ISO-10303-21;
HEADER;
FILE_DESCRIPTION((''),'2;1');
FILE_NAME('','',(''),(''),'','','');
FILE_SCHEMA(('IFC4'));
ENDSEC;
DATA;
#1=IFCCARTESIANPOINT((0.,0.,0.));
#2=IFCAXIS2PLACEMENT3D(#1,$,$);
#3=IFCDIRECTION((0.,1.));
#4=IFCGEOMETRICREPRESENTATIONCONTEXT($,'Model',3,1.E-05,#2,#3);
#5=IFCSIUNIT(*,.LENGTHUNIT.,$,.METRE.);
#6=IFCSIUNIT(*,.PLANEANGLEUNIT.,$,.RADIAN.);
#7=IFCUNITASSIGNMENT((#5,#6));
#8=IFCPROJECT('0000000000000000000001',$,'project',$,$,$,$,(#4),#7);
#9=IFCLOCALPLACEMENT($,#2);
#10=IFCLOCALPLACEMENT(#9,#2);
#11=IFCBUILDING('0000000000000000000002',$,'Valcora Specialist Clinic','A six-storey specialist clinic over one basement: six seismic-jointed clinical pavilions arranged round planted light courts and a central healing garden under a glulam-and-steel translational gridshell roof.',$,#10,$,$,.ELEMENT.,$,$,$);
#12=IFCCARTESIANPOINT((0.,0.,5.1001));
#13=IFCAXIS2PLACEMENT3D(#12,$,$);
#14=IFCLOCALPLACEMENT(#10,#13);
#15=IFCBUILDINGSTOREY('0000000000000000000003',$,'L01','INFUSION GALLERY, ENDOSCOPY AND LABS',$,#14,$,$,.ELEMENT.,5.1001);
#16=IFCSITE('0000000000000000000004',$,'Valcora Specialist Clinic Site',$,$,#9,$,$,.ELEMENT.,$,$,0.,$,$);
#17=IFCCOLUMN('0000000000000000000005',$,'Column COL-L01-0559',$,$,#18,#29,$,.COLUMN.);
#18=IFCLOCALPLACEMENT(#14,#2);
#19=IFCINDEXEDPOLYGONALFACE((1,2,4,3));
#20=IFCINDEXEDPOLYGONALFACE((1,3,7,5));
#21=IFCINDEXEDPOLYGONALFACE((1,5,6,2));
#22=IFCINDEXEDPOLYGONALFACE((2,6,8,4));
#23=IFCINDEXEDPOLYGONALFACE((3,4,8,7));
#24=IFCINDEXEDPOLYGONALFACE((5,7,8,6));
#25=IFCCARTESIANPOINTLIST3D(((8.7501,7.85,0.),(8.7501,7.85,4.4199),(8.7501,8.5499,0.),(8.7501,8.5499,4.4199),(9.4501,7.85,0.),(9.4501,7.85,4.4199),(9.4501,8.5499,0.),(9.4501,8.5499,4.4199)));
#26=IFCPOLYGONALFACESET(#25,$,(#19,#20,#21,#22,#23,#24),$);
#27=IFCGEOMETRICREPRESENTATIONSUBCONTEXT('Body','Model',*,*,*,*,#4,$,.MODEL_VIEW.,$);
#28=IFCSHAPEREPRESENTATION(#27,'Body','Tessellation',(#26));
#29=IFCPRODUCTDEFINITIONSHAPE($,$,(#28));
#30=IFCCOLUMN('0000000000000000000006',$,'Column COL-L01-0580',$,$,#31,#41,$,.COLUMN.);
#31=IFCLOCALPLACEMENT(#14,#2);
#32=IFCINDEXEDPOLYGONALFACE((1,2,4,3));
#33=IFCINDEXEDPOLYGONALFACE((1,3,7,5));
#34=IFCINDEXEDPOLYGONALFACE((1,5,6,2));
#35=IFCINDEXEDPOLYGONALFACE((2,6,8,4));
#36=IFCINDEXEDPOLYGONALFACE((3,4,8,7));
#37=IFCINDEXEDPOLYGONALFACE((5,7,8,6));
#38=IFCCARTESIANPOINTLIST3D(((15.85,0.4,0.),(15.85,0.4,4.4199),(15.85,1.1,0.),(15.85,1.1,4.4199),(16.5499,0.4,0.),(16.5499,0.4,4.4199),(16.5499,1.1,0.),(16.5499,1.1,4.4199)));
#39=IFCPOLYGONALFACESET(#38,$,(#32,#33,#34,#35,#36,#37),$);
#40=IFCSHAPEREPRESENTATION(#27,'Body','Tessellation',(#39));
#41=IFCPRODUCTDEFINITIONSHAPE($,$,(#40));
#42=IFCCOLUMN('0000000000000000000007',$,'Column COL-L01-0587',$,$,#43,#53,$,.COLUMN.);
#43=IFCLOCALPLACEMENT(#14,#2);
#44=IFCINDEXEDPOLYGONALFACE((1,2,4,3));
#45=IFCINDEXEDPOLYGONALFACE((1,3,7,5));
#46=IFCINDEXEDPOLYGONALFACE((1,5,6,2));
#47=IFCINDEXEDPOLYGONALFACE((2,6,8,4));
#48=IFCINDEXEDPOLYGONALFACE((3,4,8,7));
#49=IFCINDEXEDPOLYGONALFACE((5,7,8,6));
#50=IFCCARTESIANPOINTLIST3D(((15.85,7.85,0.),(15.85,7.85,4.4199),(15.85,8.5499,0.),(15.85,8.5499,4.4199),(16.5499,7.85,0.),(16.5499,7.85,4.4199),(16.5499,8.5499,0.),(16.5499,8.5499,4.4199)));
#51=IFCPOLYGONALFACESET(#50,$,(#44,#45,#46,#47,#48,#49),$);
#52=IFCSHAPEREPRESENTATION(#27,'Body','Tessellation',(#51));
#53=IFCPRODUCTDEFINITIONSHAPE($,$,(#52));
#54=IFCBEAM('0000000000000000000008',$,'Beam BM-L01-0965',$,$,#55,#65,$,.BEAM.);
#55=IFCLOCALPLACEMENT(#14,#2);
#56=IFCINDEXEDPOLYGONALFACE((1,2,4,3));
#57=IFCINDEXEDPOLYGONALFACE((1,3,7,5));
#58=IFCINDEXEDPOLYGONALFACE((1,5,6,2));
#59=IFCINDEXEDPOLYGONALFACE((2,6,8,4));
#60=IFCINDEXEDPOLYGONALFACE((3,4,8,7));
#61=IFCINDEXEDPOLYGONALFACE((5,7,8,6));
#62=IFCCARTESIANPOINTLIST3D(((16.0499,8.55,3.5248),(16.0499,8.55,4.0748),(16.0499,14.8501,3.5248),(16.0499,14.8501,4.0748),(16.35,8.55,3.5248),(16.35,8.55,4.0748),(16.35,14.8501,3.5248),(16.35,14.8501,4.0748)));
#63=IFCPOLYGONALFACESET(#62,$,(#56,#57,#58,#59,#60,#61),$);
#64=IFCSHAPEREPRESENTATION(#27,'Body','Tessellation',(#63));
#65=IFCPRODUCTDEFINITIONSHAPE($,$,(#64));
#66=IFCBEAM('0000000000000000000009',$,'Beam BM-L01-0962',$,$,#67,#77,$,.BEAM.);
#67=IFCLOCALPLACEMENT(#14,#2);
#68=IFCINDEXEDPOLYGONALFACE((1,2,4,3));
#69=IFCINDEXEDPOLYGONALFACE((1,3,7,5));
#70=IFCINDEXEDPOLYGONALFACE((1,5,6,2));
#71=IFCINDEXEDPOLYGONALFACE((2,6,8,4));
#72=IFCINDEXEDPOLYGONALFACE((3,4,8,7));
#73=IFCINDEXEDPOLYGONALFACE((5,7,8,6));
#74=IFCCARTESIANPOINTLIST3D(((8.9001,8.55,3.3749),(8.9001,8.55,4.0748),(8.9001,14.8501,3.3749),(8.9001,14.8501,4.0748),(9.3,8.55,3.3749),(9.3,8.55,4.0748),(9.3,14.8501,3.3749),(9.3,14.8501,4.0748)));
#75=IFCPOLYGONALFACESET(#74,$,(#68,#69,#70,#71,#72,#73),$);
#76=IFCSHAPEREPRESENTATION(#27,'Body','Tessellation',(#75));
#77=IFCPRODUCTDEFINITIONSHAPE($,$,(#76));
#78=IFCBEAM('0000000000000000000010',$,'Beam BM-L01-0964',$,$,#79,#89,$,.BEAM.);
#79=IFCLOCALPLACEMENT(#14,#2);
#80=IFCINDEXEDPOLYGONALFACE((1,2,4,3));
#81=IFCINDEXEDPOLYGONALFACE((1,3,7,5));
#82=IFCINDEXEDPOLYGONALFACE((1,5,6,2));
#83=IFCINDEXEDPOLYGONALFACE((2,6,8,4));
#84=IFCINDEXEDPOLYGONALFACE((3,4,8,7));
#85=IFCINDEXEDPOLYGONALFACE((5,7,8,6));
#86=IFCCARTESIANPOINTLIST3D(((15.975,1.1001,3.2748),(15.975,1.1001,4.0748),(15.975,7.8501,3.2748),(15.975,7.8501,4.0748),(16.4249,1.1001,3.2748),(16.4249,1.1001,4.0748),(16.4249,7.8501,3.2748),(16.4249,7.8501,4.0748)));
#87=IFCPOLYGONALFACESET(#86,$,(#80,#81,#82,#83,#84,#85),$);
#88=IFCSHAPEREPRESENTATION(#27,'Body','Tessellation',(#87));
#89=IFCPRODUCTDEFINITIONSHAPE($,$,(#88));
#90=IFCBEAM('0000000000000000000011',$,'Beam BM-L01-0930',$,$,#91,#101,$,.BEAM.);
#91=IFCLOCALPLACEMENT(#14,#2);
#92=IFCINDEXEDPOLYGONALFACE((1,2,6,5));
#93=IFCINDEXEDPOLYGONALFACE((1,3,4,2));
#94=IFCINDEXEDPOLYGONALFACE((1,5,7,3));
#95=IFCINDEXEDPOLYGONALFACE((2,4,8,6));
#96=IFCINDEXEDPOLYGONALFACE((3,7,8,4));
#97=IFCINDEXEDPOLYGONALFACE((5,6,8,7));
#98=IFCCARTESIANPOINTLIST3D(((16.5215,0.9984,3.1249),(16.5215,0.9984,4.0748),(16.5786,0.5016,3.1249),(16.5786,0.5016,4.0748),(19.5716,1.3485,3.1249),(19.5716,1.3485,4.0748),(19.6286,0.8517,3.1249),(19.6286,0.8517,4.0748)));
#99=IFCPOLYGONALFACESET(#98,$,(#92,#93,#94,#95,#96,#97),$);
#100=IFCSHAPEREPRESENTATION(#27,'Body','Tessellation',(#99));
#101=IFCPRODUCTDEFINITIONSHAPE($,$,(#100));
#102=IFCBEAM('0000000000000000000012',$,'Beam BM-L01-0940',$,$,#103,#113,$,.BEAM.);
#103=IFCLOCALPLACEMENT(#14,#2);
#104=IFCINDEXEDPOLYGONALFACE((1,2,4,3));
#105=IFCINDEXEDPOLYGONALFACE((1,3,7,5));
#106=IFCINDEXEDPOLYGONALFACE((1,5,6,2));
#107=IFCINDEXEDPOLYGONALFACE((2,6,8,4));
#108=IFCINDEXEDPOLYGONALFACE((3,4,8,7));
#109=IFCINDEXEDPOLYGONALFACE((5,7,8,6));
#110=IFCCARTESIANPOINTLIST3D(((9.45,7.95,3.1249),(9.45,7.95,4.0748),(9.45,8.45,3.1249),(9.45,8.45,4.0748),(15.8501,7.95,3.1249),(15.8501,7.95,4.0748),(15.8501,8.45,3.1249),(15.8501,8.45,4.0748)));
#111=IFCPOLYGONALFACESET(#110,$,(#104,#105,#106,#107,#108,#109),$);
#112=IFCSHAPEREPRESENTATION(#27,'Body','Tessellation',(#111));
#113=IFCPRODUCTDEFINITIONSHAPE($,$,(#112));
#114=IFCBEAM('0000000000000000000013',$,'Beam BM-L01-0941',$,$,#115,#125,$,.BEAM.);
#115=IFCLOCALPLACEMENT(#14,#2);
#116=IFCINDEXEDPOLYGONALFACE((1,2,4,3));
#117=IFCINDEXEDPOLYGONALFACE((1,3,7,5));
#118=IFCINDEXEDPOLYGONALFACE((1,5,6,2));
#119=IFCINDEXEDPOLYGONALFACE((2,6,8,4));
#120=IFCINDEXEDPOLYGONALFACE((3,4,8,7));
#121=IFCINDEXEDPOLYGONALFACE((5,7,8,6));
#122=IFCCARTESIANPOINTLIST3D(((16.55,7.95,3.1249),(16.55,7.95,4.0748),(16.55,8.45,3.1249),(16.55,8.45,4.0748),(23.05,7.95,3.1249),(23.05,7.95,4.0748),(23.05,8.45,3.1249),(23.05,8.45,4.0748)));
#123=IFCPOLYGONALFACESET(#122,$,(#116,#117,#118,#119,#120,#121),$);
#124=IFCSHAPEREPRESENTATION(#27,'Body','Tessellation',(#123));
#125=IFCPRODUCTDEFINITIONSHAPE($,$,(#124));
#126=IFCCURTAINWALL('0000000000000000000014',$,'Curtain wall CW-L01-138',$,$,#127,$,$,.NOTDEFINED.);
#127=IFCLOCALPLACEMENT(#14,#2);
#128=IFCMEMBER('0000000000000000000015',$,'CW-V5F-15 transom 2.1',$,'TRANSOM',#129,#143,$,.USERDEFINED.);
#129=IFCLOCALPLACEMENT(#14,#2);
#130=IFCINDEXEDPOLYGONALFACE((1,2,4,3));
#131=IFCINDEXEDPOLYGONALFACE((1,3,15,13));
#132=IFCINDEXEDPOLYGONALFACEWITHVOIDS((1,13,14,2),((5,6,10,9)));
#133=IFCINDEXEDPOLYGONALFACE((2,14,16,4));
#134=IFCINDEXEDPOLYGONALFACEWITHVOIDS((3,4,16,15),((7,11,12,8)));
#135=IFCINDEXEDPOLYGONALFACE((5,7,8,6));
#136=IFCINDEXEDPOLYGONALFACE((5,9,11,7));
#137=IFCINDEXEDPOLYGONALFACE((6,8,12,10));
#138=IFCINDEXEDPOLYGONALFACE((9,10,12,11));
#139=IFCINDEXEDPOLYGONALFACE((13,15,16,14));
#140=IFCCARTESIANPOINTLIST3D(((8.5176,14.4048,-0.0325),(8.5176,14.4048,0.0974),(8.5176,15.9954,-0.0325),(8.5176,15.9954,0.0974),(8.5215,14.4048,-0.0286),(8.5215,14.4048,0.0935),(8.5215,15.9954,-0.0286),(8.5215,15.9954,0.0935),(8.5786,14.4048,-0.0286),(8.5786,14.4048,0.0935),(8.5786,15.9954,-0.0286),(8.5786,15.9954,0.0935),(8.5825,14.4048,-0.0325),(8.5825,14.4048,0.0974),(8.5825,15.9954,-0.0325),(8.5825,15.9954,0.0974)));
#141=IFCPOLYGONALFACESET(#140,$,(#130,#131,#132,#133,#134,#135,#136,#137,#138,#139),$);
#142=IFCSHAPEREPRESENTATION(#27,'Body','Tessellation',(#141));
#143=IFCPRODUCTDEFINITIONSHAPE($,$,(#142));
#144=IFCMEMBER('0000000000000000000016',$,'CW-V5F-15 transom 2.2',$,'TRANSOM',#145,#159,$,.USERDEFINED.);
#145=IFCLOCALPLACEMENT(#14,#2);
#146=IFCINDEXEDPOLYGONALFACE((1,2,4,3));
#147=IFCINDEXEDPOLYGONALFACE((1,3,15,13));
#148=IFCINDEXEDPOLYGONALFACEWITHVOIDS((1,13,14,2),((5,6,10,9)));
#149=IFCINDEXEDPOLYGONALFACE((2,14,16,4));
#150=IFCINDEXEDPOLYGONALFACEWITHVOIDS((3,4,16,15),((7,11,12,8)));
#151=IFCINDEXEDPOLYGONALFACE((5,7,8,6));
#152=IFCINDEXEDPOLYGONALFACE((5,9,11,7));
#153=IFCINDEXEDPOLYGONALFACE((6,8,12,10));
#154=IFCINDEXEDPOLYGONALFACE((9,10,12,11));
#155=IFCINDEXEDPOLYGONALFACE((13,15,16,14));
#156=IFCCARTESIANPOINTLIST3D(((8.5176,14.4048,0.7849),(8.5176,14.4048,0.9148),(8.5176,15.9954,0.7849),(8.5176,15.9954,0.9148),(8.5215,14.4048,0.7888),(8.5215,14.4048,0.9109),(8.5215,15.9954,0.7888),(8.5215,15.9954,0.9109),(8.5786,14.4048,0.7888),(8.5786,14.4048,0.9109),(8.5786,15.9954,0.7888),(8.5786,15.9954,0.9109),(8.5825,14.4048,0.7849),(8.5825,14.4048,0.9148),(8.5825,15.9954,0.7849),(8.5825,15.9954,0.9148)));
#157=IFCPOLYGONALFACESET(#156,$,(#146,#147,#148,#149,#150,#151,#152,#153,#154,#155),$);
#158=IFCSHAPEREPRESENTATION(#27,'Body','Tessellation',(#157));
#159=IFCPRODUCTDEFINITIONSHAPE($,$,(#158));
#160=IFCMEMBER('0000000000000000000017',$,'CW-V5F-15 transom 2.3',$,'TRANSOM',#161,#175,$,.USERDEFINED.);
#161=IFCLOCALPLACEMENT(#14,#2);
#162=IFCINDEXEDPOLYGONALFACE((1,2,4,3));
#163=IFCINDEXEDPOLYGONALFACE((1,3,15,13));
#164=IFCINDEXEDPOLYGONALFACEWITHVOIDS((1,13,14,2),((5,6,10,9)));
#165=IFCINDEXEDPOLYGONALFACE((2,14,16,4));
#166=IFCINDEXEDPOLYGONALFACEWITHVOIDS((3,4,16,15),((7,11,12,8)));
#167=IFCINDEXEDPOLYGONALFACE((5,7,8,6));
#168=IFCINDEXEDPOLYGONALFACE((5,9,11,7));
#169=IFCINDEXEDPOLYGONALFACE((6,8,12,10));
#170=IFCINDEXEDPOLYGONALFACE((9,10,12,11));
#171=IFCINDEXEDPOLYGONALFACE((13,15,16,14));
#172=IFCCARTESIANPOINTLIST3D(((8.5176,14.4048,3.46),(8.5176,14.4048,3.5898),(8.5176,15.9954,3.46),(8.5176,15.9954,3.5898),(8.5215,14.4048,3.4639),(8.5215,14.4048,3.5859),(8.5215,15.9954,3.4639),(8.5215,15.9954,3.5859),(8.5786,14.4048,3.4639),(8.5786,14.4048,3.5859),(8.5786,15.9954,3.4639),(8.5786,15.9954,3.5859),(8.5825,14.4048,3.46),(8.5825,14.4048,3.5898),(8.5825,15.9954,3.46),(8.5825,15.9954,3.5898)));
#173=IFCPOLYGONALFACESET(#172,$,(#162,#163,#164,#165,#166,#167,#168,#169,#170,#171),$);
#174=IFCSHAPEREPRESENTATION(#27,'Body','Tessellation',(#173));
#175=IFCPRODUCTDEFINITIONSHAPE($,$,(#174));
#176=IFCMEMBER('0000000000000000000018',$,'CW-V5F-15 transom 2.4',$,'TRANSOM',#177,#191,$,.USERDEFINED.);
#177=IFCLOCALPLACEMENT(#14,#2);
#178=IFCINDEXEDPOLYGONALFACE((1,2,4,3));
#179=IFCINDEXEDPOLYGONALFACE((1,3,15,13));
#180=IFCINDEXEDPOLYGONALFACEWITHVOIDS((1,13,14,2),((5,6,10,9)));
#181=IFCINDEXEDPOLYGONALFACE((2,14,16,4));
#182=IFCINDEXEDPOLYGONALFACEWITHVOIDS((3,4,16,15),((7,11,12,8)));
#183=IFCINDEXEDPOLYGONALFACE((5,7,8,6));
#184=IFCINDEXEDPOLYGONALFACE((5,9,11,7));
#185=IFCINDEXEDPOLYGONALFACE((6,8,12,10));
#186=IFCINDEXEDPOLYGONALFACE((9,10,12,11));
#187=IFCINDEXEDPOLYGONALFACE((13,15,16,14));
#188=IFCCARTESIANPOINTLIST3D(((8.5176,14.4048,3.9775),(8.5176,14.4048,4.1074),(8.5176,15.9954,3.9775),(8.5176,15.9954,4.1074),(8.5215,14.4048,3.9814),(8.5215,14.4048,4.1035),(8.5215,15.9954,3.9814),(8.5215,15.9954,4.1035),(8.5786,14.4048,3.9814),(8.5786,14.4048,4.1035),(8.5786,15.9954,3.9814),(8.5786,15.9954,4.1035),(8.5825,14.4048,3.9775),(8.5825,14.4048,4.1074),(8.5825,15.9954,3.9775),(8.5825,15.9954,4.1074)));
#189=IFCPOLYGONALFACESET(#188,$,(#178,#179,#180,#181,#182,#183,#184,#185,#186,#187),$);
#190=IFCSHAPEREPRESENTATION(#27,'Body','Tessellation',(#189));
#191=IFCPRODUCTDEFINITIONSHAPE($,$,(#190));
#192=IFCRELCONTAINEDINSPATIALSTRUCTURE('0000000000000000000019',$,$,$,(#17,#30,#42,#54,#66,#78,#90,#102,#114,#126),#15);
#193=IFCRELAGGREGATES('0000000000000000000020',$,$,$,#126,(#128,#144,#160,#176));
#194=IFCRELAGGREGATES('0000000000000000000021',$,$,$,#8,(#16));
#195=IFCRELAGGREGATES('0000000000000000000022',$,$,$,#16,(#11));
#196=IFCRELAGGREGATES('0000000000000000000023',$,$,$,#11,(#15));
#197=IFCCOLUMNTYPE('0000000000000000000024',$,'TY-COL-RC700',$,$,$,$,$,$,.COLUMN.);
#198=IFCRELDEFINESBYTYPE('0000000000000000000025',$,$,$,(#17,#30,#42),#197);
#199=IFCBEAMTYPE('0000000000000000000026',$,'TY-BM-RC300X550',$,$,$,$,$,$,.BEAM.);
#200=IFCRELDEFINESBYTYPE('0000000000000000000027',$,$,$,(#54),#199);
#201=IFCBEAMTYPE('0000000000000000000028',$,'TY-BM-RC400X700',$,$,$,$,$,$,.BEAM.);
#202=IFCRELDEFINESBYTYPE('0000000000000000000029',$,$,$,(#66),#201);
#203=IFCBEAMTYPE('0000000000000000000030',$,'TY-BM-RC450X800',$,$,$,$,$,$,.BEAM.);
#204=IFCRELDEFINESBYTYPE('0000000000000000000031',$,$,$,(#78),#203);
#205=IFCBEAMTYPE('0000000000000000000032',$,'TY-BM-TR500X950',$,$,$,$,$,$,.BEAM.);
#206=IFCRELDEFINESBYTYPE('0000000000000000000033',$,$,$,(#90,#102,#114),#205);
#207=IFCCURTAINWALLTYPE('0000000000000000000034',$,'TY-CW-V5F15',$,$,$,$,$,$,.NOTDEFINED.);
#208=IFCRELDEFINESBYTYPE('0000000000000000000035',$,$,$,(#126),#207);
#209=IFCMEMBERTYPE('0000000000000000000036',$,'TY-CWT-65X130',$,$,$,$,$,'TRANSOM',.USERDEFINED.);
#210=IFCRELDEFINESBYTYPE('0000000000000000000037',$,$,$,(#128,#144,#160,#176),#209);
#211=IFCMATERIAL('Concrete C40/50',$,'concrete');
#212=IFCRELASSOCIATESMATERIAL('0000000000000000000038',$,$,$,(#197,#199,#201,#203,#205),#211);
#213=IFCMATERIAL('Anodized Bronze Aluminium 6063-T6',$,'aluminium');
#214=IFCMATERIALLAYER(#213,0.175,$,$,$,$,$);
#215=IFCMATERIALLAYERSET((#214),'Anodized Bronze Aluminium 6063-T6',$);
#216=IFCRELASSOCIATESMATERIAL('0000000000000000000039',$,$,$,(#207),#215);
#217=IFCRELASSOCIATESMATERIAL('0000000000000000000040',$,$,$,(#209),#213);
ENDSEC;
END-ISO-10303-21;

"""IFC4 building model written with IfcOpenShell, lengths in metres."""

from ifc_helpers import new_model, si_unit, direction, frame, origin, origin_2d, place, context, subcontext, project, spatial, rectangle, hollow_rectangle, extrude, material, layer, layer_set, material_profile, profile_set, type_object, element, aggregate, save


model = new_model("IFC4")

# Units and contexts
model_context = context("Model", 3, precision=1e-05, world=origin(), true_north=direction((0.0, 1.0)))
body_context = subcontext(model_context, "Body", "Model", "MODEL_VIEW")
ifc_project = project(units=[si_unit("LENGTHUNIT", "METRE"), si_unit("PLANEANGLEUNIT", "RADIAN")], contexts=[model_context])

# Site, building, storey
site_placement = place(None, origin())
site = spatial("IfcSite", under=ifc_project, at=site_placement, Name="Valcora Specialist Clinic Site", CompositionType="ELEMENT", RefElevation=0.0)
building_placement = place(site_placement, origin())
building = spatial("IfcBuilding", under=site, at=building_placement, Name="Valcora Specialist Clinic", Description="A six-storey specialist clinic over one basement: six seismic-jointed clinical pavilions arranged round planted light courts and a central healing garden under a glulam-and-steel translational gridshell roof.", CompositionType="ELEMENT")
storey_placement = place(building_placement, frame((0.0, 0.0, 5.1001)))
storey = spatial("IfcBuildingStorey", under=building, at=storey_placement, Name="L01", Description="INFUSION GALLERY, ENDOSCOPY AND LABS", CompositionType="ELEMENT", Elevation=5.1001)

# Columns
ifc_material_1 = material(Name="Concrete C40/50", Category="concrete")
ifc_material_profile_1 = material_profile(ifc_material_1, rectangle(XDim=0.7, YDim=0.7, at=origin_2d()), Name="RC-COL-700X700")
ifc_profile_set_1 = profile_set([ifc_material_profile_1], Name="Concrete C40/50")
column_type = type_object("IfcColumnType", Name="TY-COL-RC700", PredefinedType="COLUMN", material=ifc_profile_set_1)
for number, where, z_axis, x_axis, name in (
    (1, (9.1001, 8.2, 0.0), (0.0, 0.0, 1.0), (1.0, 0.0, 0.0), "Column COL-L01-0559"),
    (2, (16.2, 0.75, 0.0), (0.0, 0.0, 1.0), (1.0, 0.0, 0.0), "Column COL-L01-0580"),
    (3, (16.2, 8.2, 0.0), (0.0, 0.0, 1.0), (1.0, 0.0, 0.0), "Column COL-L01-0587"),
):
    element("IfcColumn", number, at=place(storey_placement, frame(where, z_axis=z_axis, x_axis=x_axis)), inside=storey, type_object=column_type, Name=name, PredefinedType="COLUMN", context=body_context, shape_type="SweptSolid", body=[
        extrude(rectangle(XDim=0.7, YDim=0.7, at=origin_2d()), origin(), (0.0, 0.0, 1.0), 4.4199),
    ])

# Beams
ifc_material_profile_2 = material_profile(ifc_material_1, rectangle(XDim=0.3, YDim=0.55, at=origin_2d()), Name="RC-BM-300X550")
ifc_profile_set_2 = profile_set([ifc_material_profile_2], Name="Concrete C40/50")
beam_type_1 = type_object("IfcBeamType", Name="TY-BM-RC300X550", PredefinedType="BEAM", material=ifc_profile_set_2)
beam_1_placement = place(storey_placement, frame((16.2, 8.55, 3.7998), z_axis=(0.0, 1.0, 0.0), x_axis=(-1.0, 0.0, 0.0)))
element("IfcBeam", 4, at=beam_1_placement, inside=storey, type_object=beam_type_1, Name="Beam BM-L01-0965", PredefinedType="BEAM", context=body_context, shape_type="SweptSolid", body=[
    extrude(rectangle(XDim=0.3, YDim=0.55, at=origin_2d()), origin(), (0.0, 0.0, 1.0), 6.3),
])
ifc_material_profile_3 = material_profile(ifc_material_1, rectangle(XDim=0.3999, YDim=0.7, at=origin_2d()), Name="RC-BM-400X700")
ifc_profile_set_3 = profile_set([ifc_material_profile_3], Name="Concrete C40/50")
beam_type_2 = type_object("IfcBeamType", Name="TY-BM-RC400X700", PredefinedType="BEAM", material=ifc_profile_set_3)
beam_2_placement = place(storey_placement, frame((9.1001, 8.55, 3.7249), z_axis=(0.0, 1.0, 0.0), x_axis=(-1.0, 0.0, 0.0)))
element("IfcBeam", 5, at=beam_2_placement, inside=storey, type_object=beam_type_2, Name="Beam BM-L01-0962", PredefinedType="BEAM", context=body_context, shape_type="SweptSolid", body=[
    extrude(rectangle(XDim=0.3999, YDim=0.7, at=origin_2d()), origin(), (0.0, 0.0, 1.0), 6.3),
])
ifc_material_profile_4 = material_profile(ifc_material_1, rectangle(XDim=0.45, YDim=0.8, at=origin_2d()), Name="RC-BM-450X800")
ifc_profile_set_4 = profile_set([ifc_material_profile_4], Name="Concrete C40/50")
beam_type_3 = type_object("IfcBeamType", Name="TY-BM-RC450X800", PredefinedType="BEAM", material=ifc_profile_set_4)
beam_3_placement = place(storey_placement, frame((16.2, 1.1001, 3.6748), z_axis=(0.0, 1.0, 0.0), x_axis=(-1.0, 0.0, 0.0)))
element("IfcBeam", 6, at=beam_3_placement, inside=storey, type_object=beam_type_3, Name="Beam BM-L01-0964", PredefinedType="BEAM", context=body_context, shape_type="SweptSolid", body=[
    extrude(rectangle(XDim=0.45, YDim=0.8, at=origin_2d()), origin(), (0.0, 0.0, 1.0), 6.75),
])
ifc_material_profile_5 = material_profile(ifc_material_1, rectangle(XDim=0.5, YDim=0.95, at=origin_2d()), Name="RC-BM-500X950")
ifc_profile_set_5 = profile_set([ifc_material_profile_5], Name="Concrete C40/50")
beam_type_4 = type_object("IfcBeamType", Name="TY-BM-TR500X950", PredefinedType="BEAM", material=ifc_profile_set_5)
beam_4_placement = place(storey_placement, frame((16.55, 0.75, 3.5999), z_axis=(0.993477, 0.114036, 0.0), x_axis=(-0.114036, 0.993477, 0.0)))
element("IfcBeam", 7, at=beam_4_placement, inside=storey, type_object=beam_type_4, Name="Beam BM-L01-0930", PredefinedType="BEAM", context=body_context, shape_type="SweptSolid", body=[
    extrude(rectangle(XDim=0.5, YDim=0.95, at=origin_2d()), origin(), (0.0, 0.0, 1.0), 3.0701),
])
beam_5_placement = place(storey_placement, frame((9.45, 8.2, 3.5999), z_axis=(1.0, 0.0, 0.0), x_axis=(0.0, 1.0, 0.0)))
element("IfcBeam", 8, at=beam_5_placement, inside=storey, type_object=beam_type_4, Name="Beam BM-L01-0940", PredefinedType="BEAM", context=body_context, shape_type="SweptSolid", body=[
    extrude(rectangle(XDim=0.5, YDim=0.95, at=origin_2d()), origin(), (0.0, 0.0, 1.0), 6.4001),
])
beam_6_placement = place(storey_placement, frame((16.55, 8.2, 3.5999), z_axis=(1.0, 0.0, 0.0), x_axis=(0.0, 1.0, 0.0)))
element("IfcBeam", 9, at=beam_6_placement, inside=storey, type_object=beam_type_4, Name="Beam BM-L01-0941", PredefinedType="BEAM", context=body_context, shape_type="SweptSolid", body=[
    extrude(rectangle(XDim=0.5, YDim=0.95, at=origin_2d()), origin(), (0.0, 0.0, 1.0), 6.5),
])

# Curtain wall, members
ifc_material_2 = material(Name="Anodized Bronze Aluminium 6063-T6", Category="aluminium")
ifc_layer_1 = layer(ifc_material_2, 0.175)
ifc_layer_set_1 = layer_set([ifc_layer_1], Name="Anodized Bronze Aluminium 6063-T6")
curtain_wall_type = type_object("IfcCurtainWallType", Name="TY-CW-V5F15", PredefinedType="NOTDEFINED", material=ifc_layer_set_1)
curtain_wall_placement = place(storey_placement, origin())
curtain_wall = element("IfcCurtainWall", 10, at=curtain_wall_placement, inside=storey, type_object=curtain_wall_type, Name="Curtain wall CW-L01-138", PredefinedType="NOTDEFINED")
ifc_material_profile_6 = material_profile(ifc_material_2, hollow_rectangle(XDim=0.0649, YDim=0.1299, WallThickness=0.0039, at=origin_2d()), Name="AL-TRN-65X130")
ifc_profile_set_6 = profile_set([ifc_material_profile_6], Name="Anodized Bronze Aluminium 6063-T6")
member_type_1 = type_object("IfcMemberType", Name="TY-CWT-65X130", ElementType="TRANSOM", PredefinedType="USERDEFINED", material=ifc_profile_set_6)
member_1_placement = place(storey_placement, frame((8.55, 14.4048, 0.0325), z_axis=(0.0, 1.0, 0.0), x_axis=(-1.0, 0.0, 0.0)))
member_1 = element("IfcMember", 11, at=member_1_placement, type_object=member_type_1, Name="CW-V5F-15 transom 2.1", ObjectType="TRANSOM", PredefinedType="USERDEFINED", context=body_context, shape_type="SweptSolid", body=[
    extrude(hollow_rectangle(XDim=0.0649, YDim=0.1299, WallThickness=0.0039, at=origin_2d()), origin(), (0.0, 0.0, 1.0), 1.5906),
])
member_2_placement = place(storey_placement, frame((8.55, 14.4048, 0.8499), z_axis=(0.0, 1.0, 0.0), x_axis=(-1.0, 0.0, 0.0)))
member_2 = element("IfcMember", 12, at=member_2_placement, type_object=member_type_1, Name="CW-V5F-15 transom 2.2", ObjectType="TRANSOM", PredefinedType="USERDEFINED", context=body_context, shape_type="SweptSolid", body=[
    extrude(hollow_rectangle(XDim=0.0649, YDim=0.1299, WallThickness=0.0039, at=origin_2d()), origin(), (0.0, 0.0, 1.0), 1.5906),
])
member_3_placement = place(storey_placement, frame((8.55, 14.4048, 3.5249), z_axis=(0.0, 1.0, 0.0), x_axis=(-1.0, 0.0, 0.0)))
member_3 = element("IfcMember", 13, at=member_3_placement, type_object=member_type_1, Name="CW-V5F-15 transom 2.3", ObjectType="TRANSOM", PredefinedType="USERDEFINED", context=body_context, shape_type="SweptSolid", body=[
    extrude(hollow_rectangle(XDim=0.0649, YDim=0.1299, WallThickness=0.0039, at=origin_2d()), origin(), (0.0, 0.0, 1.0), 1.5906),
])
member_4_placement = place(storey_placement, frame((8.55, 14.4048, 4.0425), z_axis=(0.0, 1.0, 0.0), x_axis=(-1.0, 0.0, 0.0)))
member_4 = element("IfcMember", 14, at=member_4_placement, type_object=member_type_1, Name="CW-V5F-15 transom 2.4", ObjectType="TRANSOM", PredefinedType="USERDEFINED", context=body_context, shape_type="SweptSolid", body=[
    extrude(hollow_rectangle(XDim=0.0649, YDim=0.1299, WallThickness=0.0039, at=origin_2d()), origin(), (0.0, 0.0, 1.0), 1.5906),
])
aggregate(curtain_wall, [member_1, member_2, member_3, member_4])

save(model, "model.ifc")
